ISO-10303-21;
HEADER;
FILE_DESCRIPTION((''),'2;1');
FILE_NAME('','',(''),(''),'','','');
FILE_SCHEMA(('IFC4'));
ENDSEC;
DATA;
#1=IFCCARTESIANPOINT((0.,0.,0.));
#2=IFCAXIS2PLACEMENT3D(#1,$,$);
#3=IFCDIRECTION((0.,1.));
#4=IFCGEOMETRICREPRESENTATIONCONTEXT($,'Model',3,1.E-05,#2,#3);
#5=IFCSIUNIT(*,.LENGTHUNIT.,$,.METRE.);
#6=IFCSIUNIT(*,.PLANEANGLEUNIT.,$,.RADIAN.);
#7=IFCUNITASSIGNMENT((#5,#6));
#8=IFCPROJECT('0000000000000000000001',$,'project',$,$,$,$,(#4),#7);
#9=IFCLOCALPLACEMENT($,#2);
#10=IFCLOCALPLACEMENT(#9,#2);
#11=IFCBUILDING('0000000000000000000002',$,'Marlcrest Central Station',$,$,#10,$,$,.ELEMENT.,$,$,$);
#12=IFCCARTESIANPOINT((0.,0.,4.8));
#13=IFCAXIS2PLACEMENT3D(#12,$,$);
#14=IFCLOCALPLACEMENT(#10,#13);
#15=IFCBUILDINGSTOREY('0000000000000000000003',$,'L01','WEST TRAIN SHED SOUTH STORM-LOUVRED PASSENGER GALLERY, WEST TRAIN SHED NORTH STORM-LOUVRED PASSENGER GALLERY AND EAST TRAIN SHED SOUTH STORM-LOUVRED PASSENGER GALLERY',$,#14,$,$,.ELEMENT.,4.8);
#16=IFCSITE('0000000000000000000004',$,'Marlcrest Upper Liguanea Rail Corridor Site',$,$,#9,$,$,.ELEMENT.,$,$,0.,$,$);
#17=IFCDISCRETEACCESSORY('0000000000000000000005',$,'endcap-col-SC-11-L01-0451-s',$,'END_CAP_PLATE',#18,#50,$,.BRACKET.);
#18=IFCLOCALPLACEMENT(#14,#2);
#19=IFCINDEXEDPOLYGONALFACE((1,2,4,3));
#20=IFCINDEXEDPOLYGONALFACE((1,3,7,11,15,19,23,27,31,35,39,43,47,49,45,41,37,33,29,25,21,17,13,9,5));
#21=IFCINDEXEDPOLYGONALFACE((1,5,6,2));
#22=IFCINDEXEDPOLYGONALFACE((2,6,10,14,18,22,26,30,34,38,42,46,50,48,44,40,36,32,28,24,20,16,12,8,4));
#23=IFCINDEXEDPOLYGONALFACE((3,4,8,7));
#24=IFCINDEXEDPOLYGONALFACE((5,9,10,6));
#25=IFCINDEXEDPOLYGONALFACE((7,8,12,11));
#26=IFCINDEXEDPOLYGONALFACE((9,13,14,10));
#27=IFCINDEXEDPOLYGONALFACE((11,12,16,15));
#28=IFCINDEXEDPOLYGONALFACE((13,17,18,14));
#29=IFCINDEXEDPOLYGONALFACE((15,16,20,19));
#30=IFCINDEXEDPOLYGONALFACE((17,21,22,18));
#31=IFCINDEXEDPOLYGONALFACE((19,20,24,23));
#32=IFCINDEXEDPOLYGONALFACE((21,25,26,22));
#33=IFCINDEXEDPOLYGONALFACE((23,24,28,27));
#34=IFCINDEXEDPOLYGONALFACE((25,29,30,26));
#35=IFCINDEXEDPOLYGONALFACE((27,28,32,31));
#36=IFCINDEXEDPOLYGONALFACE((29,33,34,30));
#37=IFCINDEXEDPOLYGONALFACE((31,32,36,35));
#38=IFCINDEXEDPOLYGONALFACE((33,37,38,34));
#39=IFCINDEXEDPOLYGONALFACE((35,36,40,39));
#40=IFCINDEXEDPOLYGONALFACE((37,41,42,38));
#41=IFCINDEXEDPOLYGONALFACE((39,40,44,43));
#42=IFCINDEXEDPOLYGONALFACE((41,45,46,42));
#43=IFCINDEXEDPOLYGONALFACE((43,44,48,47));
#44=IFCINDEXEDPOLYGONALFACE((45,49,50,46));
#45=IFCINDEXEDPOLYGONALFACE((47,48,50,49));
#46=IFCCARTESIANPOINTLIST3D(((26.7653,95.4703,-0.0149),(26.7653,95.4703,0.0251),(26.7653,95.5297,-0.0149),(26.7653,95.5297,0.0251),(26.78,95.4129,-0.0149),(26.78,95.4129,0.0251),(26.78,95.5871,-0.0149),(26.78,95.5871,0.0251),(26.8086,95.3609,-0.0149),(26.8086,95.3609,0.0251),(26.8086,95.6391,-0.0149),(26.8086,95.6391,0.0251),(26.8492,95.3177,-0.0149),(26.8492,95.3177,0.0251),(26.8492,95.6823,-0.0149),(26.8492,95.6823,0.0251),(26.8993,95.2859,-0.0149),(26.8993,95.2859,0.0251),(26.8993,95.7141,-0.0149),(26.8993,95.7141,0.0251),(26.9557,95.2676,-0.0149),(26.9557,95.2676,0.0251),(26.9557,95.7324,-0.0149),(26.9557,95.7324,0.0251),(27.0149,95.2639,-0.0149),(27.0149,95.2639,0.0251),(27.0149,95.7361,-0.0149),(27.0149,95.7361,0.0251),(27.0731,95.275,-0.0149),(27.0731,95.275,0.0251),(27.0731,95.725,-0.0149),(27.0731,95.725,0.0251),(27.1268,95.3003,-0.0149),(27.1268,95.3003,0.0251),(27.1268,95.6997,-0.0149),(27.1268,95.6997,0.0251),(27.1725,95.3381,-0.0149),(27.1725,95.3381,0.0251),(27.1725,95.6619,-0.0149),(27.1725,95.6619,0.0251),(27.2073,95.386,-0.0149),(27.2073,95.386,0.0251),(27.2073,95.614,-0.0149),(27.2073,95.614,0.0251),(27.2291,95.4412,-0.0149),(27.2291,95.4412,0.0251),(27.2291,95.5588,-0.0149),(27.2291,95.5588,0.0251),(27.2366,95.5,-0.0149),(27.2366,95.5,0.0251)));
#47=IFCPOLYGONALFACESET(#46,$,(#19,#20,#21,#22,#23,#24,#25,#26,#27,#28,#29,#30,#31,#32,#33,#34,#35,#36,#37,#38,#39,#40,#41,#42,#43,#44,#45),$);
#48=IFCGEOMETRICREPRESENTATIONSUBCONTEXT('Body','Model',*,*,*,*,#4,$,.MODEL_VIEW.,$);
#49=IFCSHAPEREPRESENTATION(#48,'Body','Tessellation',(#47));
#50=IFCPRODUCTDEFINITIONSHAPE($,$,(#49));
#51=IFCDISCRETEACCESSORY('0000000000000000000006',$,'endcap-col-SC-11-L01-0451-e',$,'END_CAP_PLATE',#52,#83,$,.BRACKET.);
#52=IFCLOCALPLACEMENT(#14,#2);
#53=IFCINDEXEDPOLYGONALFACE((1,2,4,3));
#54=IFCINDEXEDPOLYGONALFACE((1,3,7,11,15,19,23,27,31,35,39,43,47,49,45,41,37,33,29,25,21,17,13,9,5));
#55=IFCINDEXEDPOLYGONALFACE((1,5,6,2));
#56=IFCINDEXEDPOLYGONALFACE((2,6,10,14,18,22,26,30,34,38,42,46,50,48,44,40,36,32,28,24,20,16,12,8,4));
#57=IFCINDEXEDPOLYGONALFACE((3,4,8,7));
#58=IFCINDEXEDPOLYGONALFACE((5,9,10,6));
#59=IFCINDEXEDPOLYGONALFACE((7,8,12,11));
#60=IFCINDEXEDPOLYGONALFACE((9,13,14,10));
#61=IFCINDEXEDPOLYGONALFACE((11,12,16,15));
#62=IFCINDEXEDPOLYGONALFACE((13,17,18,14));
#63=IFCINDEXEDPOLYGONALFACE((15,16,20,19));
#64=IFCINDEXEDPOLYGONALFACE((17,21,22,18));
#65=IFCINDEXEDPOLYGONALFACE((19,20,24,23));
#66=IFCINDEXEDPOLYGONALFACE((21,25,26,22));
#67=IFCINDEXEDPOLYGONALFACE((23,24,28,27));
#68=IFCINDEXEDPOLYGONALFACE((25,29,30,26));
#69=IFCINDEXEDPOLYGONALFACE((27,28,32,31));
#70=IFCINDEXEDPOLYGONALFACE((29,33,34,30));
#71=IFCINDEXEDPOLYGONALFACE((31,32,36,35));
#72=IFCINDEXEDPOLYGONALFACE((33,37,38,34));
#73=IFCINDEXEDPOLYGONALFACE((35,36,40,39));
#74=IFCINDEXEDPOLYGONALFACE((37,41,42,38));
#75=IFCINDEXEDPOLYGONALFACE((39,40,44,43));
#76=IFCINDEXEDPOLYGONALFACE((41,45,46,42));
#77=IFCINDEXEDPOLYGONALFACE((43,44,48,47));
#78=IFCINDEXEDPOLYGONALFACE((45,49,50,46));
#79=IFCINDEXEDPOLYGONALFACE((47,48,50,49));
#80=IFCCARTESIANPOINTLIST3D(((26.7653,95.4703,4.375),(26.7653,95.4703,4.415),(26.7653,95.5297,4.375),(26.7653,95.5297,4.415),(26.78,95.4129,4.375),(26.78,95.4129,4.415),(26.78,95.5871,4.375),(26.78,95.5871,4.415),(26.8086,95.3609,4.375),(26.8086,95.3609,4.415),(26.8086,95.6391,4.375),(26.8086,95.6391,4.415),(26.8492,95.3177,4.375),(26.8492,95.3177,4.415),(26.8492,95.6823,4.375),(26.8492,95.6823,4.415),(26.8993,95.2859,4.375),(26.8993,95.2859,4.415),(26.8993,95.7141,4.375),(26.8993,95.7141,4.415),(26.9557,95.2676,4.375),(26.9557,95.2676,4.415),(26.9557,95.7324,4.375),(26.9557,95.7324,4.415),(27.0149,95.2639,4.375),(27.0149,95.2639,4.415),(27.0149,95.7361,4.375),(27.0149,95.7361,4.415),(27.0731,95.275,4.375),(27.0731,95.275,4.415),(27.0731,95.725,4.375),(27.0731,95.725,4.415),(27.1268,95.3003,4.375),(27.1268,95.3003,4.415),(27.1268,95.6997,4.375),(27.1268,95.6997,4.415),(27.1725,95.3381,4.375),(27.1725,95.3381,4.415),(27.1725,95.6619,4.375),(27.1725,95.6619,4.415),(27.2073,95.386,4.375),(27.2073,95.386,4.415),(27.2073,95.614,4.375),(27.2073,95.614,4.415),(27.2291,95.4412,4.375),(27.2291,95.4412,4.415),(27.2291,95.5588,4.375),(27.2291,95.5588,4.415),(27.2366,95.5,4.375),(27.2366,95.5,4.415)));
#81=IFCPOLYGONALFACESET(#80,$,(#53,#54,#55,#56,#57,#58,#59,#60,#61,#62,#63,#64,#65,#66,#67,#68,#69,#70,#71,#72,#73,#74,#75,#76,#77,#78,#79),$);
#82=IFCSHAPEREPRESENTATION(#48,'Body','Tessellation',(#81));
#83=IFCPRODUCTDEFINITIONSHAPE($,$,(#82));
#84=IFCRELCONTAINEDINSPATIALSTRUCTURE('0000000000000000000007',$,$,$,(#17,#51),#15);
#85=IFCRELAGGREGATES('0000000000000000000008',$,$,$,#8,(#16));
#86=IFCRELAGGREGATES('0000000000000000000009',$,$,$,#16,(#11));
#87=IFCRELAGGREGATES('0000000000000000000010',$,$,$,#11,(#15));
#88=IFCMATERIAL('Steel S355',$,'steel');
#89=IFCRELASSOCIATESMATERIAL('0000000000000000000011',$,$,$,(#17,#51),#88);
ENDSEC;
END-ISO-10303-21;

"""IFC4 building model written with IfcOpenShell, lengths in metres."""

from ifc_helpers import new_model, si_unit, direction, frame, origin, origin_2d, place, context, subcontext, project, spatial, circle, extrude, material, element, save


model = new_model("IFC4")

# Units and contexts
model_context = context("Model", 3, precision=1e-05, world=origin(), true_north=direction((0.0, 1.0)))
body_context = subcontext(model_context, "Body", "Model", "MODEL_VIEW")
ifc_project = project(units=[si_unit("LENGTHUNIT", "METRE"), si_unit("PLANEANGLEUNIT", "RADIAN")], contexts=[model_context])

# Site, building, storey
site_placement = place(None, origin())
site = spatial("IfcSite", under=ifc_project, at=site_placement, Name="Marlcrest Upper Liguanea Rail Corridor Site", CompositionType="ELEMENT", RefElevation=0.0)
building_placement = place(site_placement, origin())
building = spatial("IfcBuilding", under=site, at=building_placement, Name="Marlcrest Central Station", CompositionType="ELEMENT")
storey_placement = place(building_placement, frame((0.0, 0.0, 4.8)))
storey = spatial("IfcBuildingStorey", under=building, at=storey_placement, Name="L01", Description="WEST TRAIN SHED SOUTH STORM-LOUVRED PASSENGER GALLERY, WEST TRAIN SHED NORTH STORM-LOUVRED PASSENGER GALLERY AND EAST TRAIN SHED SOUTH STORM-LOUVRED PASSENGER GALLERY", CompositionType="ELEMENT", Elevation=4.8)

# Shared definitions
ifc_material_1 = material(Name="Steel S355", Category="steel")

# Discrete accessories
for number, where, z_axis, x_axis, name in (
    (1, (27.0, 95.5, -0.0149), (0.0, 0.0, 1.0), (1.0, 0.0, 0.0), "endcap-col-SC-11-L01-0451-s"),
    (2, (27.0, 95.5, 4.375), (0.0, 0.0, 1.0), (1.0, 0.0, 0.0), "endcap-col-SC-11-L01-0451-e"),
):
    element("IfcDiscreteAccessory", number, at=place(storey_placement, frame(where, z_axis=z_axis, x_axis=x_axis)), inside=storey, material=ifc_material_1, Name=name, ObjectType="END_CAP_PLATE", PredefinedType="BRACKET", context=body_context, shape_type="SweptSolid", body=[
        extrude(circle(Radius=0.2366, at=origin_2d()), origin(), (0.0, 0.0, 1.0), 0.04),
    ])

save(model, "model.ifc")
